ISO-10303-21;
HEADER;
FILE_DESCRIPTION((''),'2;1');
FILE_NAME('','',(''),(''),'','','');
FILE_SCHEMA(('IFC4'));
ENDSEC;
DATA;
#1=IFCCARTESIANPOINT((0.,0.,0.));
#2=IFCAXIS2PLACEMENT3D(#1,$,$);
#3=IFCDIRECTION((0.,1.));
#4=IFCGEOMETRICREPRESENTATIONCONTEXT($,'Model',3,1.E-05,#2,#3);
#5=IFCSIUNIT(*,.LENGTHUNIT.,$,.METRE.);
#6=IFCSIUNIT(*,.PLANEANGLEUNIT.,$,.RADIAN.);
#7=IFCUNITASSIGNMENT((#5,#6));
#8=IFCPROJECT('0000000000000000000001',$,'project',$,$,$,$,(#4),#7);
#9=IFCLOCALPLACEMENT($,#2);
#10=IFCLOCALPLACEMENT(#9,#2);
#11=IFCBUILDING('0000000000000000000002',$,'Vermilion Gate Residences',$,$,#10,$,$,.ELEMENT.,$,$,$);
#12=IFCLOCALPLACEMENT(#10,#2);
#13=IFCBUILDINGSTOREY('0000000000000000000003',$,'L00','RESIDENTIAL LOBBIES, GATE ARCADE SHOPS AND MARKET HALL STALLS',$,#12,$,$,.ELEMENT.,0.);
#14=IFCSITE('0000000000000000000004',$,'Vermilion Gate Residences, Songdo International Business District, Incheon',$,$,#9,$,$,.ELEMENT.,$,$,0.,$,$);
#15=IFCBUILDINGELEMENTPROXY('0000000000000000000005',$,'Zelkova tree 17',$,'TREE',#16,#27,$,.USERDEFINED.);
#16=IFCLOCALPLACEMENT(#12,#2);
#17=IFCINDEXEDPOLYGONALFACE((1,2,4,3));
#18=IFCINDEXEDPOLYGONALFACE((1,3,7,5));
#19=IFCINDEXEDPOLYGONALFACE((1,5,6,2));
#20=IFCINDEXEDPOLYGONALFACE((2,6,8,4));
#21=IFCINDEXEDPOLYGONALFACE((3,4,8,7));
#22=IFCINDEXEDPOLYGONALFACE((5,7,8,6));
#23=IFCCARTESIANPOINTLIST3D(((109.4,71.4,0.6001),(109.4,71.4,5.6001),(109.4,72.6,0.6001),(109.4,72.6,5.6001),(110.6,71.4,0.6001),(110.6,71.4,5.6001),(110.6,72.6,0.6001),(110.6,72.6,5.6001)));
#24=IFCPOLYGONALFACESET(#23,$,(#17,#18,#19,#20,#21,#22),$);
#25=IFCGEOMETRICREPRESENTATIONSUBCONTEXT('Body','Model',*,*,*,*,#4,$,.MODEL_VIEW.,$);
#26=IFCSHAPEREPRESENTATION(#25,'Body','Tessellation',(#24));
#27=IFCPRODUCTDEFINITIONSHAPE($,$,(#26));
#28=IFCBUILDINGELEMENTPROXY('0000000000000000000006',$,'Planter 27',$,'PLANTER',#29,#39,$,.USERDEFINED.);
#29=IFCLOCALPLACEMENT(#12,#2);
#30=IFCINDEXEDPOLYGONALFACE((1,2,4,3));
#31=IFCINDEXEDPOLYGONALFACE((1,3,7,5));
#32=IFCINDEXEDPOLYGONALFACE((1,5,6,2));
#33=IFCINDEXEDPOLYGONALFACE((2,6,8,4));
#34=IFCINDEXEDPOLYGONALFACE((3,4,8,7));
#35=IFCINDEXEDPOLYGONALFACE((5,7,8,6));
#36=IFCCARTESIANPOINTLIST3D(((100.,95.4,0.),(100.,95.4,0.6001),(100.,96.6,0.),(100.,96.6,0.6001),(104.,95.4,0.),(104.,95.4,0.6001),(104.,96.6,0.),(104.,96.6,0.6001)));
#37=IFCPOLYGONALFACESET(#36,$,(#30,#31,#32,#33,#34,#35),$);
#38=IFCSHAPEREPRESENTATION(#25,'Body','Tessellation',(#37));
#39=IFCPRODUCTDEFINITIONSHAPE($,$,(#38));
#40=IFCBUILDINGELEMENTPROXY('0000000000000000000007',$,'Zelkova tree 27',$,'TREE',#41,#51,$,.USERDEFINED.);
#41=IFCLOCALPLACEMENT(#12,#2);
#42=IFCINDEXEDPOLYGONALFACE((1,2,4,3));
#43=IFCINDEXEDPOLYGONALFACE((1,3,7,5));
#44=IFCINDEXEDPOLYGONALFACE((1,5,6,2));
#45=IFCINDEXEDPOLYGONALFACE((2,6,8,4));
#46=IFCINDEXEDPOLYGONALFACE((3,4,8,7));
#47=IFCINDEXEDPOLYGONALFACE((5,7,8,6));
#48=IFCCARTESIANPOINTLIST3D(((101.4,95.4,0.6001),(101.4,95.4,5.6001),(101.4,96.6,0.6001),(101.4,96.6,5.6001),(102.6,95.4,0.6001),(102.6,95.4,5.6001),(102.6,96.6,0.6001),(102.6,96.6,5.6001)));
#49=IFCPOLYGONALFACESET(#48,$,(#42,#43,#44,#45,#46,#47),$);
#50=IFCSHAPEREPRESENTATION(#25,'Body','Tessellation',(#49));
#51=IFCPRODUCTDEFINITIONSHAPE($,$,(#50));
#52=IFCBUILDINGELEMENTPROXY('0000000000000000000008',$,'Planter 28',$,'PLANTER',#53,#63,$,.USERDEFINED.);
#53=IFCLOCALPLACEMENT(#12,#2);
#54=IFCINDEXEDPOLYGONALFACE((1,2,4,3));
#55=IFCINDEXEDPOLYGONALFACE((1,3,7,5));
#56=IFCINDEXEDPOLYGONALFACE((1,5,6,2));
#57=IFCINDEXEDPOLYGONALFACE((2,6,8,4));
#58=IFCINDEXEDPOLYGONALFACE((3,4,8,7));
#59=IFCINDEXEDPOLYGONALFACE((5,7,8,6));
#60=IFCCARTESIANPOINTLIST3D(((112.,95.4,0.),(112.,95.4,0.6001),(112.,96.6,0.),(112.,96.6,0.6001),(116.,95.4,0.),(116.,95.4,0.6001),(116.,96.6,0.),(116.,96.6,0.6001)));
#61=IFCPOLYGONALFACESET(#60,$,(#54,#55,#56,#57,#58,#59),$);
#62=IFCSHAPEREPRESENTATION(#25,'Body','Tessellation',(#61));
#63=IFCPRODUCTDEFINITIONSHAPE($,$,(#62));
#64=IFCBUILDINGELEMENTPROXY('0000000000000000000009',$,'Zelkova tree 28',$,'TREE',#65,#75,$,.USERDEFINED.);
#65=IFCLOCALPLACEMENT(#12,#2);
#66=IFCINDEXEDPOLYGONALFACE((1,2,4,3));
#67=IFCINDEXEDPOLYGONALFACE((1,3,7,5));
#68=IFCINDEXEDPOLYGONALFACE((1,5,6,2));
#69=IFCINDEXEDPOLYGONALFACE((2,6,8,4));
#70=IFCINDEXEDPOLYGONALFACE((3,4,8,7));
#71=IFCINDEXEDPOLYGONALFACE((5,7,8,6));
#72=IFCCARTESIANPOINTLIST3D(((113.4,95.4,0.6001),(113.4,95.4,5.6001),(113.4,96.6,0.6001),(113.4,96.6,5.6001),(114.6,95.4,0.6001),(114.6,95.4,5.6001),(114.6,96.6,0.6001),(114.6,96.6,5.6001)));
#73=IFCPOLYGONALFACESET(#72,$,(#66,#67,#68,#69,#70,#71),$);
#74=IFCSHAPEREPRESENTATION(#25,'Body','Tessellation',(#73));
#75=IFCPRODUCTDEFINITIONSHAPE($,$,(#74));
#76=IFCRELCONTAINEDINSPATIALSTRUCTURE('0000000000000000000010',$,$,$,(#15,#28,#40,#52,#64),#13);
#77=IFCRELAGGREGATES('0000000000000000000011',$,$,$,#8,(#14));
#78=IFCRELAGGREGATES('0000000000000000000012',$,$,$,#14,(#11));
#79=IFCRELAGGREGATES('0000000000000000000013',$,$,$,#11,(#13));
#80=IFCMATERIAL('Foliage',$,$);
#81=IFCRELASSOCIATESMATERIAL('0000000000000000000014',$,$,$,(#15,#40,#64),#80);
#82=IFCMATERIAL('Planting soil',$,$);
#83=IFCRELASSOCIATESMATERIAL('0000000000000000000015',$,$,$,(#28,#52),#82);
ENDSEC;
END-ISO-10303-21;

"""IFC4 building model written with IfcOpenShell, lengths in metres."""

from ifc_helpers import new_model, si_unit, direction, frame, origin, origin_2d, place, context, subcontext, project, spatial, rectangle, extrude, material, element, save


model = new_model("IFC4")

# Units and contexts
model_context = context("Model", 3, precision=1e-05, world=origin(), true_north=direction((0.0, 1.0)))
body_context = subcontext(model_context, "Body", "Model", "MODEL_VIEW")
ifc_project = project(units=[si_unit("LENGTHUNIT", "METRE"), si_unit("PLANEANGLEUNIT", "RADIAN")], contexts=[model_context])

# Site, building, storey
site_placement = place(None, origin())
site = spatial("IfcSite", under=ifc_project, at=site_placement, Name="Vermilion Gate Residences, Songdo International Business District, Incheon", CompositionType="ELEMENT", RefElevation=0.0)
building_placement = place(site_placement, origin())
building = spatial("IfcBuilding", under=site, at=building_placement, Name="Vermilion Gate Residences", CompositionType="ELEMENT")
storey_placement = place(building_placement, origin())
storey = spatial("IfcBuildingStorey", under=building, at=storey_placement, Name="L00", Description="RESIDENTIAL LOBBIES, GATE ARCADE SHOPS AND MARKET HALL STALLS", CompositionType="ELEMENT", Elevation=0.0)

# Building element proxies
ifc_material_1 = material(Name="Planting soil")
ifc_material_2 = material(Name="Foliage")
proxy_1_placement = place(storey_placement, frame((110.0, 72.0, 0.6001), z_axis=(0.0, 0.0, 1.0), x_axis=(1.0, 0.0, 0.0)))
element("IfcBuildingElementProxy", 1, at=proxy_1_placement, inside=storey, material=ifc_material_2, Name="Zelkova tree 17", ObjectType="TREE", PredefinedType="USERDEFINED", context=body_context, shape_type="SweptSolid", body=[
    extrude(rectangle(XDim=1.2, YDim=1.2, at=origin_2d()), origin(), (0.0, 0.0, 1.0), 5.0),
])
proxy_2_placement = place(storey_placement, frame((102.0, 96.0, 0.0), z_axis=(0.0, 0.0, 1.0), x_axis=(1.0, 0.0, 0.0)))
element("IfcBuildingElementProxy", 2, at=proxy_2_placement, inside=storey, material=ifc_material_1, Name="Planter 27", ObjectType="PLANTER", PredefinedType="USERDEFINED", context=body_context, shape_type="SweptSolid", body=[
    extrude(rectangle(XDim=4.0, YDim=1.2, at=origin_2d()), origin(), (0.0, 0.0, 1.0), 0.6001),
])
proxy_3_placement = place(storey_placement, frame((102.0, 96.0, 0.6001), z_axis=(0.0, 0.0, 1.0), x_axis=(1.0, 0.0, 0.0)))
element("IfcBuildingElementProxy", 3, at=proxy_3_placement, inside=storey, material=ifc_material_2, Name="Zelkova tree 27", ObjectType="TREE", PredefinedType="USERDEFINED", context=body_context, shape_type="SweptSolid", body=[
    extrude(rectangle(XDim=1.2, YDim=1.2, at=origin_2d()), origin(), (0.0, 0.0, 1.0), 5.0),
])
proxy_4_placement = place(storey_placement, frame((114.0, 96.0, 0.0), z_axis=(0.0, 0.0, 1.0), x_axis=(1.0, 0.0, 0.0)))
element("IfcBuildingElementProxy", 4, at=proxy_4_placement, inside=storey, material=ifc_material_1, Name="Planter 28", ObjectType="PLANTER", PredefinedType="USERDEFINED", context=body_context, shape_type="SweptSolid", body=[
    extrude(rectangle(XDim=4.0, YDim=1.2, at=origin_2d()), origin(), (0.0, 0.0, 1.0), 0.6001),
])
proxy_5_placement = place(storey_placement, frame((114.0, 96.0, 0.6001), z_axis=(0.0, 0.0, 1.0), x_axis=(1.0, 0.0, 0.0)))
element("IfcBuildingElementProxy", 5, at=proxy_5_placement, inside=storey, material=ifc_material_2, Name="Zelkova tree 28", ObjectType="TREE", PredefinedType="USERDEFINED", context=body_context, shape_type="SweptSolid", body=[
    extrude(rectangle(XDim=1.2, YDim=1.2, at=origin_2d()), origin(), (0.0, 0.0, 1.0), 5.0),
])

save(model, "model.ifc")
